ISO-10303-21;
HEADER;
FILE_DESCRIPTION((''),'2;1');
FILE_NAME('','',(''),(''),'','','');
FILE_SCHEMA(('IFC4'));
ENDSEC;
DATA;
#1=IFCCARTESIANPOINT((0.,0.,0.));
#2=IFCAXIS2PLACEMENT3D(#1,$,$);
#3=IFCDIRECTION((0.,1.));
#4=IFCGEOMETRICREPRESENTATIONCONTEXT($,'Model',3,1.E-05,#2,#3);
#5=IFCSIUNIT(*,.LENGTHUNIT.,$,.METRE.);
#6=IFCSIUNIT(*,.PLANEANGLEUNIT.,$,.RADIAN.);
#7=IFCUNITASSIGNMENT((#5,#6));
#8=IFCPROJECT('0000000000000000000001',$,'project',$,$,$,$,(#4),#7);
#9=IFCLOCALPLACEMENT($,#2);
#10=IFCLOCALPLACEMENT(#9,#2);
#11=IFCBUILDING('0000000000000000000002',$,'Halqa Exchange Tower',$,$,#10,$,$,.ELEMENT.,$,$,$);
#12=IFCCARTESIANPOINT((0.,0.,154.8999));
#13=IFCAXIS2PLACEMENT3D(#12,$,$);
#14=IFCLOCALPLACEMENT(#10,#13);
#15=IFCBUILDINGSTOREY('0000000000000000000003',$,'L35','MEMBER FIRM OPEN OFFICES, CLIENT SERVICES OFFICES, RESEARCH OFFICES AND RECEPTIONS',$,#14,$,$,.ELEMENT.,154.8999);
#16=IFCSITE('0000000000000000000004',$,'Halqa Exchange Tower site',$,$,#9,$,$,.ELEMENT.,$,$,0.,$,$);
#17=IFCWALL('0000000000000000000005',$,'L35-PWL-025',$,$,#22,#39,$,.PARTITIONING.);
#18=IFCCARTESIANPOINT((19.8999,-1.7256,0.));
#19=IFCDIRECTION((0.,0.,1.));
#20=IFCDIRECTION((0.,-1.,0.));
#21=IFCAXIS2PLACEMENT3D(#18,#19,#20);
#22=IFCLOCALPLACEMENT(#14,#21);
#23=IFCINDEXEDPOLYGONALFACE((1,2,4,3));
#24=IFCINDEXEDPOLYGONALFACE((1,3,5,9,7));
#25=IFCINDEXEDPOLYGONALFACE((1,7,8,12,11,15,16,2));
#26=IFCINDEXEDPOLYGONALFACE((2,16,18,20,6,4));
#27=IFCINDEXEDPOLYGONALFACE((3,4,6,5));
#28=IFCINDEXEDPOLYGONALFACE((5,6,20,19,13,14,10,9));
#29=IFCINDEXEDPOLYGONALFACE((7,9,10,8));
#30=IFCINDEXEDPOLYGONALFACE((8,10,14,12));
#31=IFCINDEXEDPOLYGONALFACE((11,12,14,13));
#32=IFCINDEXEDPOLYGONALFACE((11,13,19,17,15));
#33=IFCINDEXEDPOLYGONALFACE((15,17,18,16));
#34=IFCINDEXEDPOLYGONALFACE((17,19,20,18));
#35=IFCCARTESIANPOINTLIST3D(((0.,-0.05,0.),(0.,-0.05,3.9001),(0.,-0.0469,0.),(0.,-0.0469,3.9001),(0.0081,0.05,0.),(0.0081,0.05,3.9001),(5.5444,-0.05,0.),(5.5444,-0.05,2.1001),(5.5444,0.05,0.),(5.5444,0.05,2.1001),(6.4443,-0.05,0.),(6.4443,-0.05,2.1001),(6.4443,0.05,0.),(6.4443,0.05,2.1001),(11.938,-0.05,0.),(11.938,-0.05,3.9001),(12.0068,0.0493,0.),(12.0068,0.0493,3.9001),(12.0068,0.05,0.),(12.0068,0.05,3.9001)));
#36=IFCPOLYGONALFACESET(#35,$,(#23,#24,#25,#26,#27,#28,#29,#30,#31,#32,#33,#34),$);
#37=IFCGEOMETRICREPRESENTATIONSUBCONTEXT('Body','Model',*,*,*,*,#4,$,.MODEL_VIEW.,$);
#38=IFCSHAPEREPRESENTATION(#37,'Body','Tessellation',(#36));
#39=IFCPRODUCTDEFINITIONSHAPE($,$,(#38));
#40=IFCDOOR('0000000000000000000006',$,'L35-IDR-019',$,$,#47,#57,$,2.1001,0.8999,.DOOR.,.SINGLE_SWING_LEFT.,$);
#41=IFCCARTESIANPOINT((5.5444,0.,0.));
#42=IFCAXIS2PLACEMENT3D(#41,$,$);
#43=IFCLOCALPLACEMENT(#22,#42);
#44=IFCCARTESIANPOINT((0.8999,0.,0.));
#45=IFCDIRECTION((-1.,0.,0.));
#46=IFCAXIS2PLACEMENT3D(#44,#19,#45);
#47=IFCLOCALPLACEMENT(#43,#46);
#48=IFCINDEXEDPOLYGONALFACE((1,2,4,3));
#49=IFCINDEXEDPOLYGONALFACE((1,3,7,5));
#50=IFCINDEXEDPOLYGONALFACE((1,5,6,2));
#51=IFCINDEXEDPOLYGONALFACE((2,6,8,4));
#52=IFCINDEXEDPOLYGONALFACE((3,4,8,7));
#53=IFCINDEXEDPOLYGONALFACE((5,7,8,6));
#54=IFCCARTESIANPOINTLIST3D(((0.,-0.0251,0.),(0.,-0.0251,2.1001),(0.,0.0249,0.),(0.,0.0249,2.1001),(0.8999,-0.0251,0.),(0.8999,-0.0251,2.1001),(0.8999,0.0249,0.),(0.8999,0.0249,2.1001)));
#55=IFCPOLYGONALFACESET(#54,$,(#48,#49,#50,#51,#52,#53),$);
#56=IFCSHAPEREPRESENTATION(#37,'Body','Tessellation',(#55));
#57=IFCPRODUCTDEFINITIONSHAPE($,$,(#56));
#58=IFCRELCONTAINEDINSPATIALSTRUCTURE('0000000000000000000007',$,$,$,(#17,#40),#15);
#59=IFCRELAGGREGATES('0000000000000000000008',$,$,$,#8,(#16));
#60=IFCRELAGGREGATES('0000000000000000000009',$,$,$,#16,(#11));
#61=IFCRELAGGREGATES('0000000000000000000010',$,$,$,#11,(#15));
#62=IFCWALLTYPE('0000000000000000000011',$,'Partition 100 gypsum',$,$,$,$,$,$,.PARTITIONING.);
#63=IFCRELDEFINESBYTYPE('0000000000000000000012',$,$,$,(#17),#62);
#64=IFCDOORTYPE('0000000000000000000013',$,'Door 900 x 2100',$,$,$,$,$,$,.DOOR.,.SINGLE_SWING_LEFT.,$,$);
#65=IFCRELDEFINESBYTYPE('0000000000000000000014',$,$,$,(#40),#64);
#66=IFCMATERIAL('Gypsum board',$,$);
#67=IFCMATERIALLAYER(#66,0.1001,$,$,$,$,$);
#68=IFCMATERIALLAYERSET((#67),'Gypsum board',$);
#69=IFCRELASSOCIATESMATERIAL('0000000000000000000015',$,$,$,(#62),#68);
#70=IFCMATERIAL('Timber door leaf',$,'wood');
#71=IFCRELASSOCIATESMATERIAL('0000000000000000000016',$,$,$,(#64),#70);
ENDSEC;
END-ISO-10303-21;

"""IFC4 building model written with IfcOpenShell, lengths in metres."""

from ifc_helpers import new_model, si_unit, direction, frame, frame_2d, origin, place, context, subcontext, project, spatial, polyline, rectangle, outline, extrude, material, layer, layer_set, type_object, element, fill, save


model = new_model("IFC4")

# Units and contexts
model_context = context("Model", 3, precision=1e-05, world=origin(), true_north=direction((0.0, 1.0)))
body_context = subcontext(model_context, "Body", "Model", "MODEL_VIEW")
ifc_project = project(units=[si_unit("LENGTHUNIT", "METRE"), si_unit("PLANEANGLEUNIT", "RADIAN")], contexts=[model_context])

# Site, building, storey
site_placement = place(None, origin())
site = spatial("IfcSite", under=ifc_project, at=site_placement, Name="Halqa Exchange Tower site", CompositionType="ELEMENT", RefElevation=0.0)
building_placement = place(site_placement, origin())
building = spatial("IfcBuilding", under=site, at=building_placement, Name="Halqa Exchange Tower", CompositionType="ELEMENT")
storey_placement = place(building_placement, frame((0.0, 0.0, 154.8999)))
storey = spatial("IfcBuildingStorey", under=building, at=storey_placement, Name="L35", Description="MEMBER FIRM OPEN OFFICES, CLIENT SERVICES OFFICES, RESEARCH OFFICES AND RECEPTIONS", CompositionType="ELEMENT", Elevation=154.8999)

# Wall, opening, door
ifc_material_1 = material(Name="Gypsum board")
ifc_layer_1 = layer(ifc_material_1, 0.1001)
ifc_layer_set_1 = layer_set([ifc_layer_1], Name="Gypsum board")
wall_type_1 = type_object("IfcWallType", Name="Partition 100 gypsum", PredefinedType="PARTITIONING", material=ifc_layer_set_1)
wall_1_placement = place(storey_placement, frame((19.8999, -1.7256, 0.0), z_axis=(0.0, 0.0, 1.0), x_axis=(0.0, -1.0, 0.0)))
wall_1 = element("IfcWall", 1, at=wall_1_placement, inside=storey, type_object=wall_type_1, Name="L35-PWL-025", PredefinedType="PARTITIONING", context=body_context, shape_type="SweptSolid", body=[
    extrude(outline(polyline([(0.0, -0.05), (1.9897, -0.05), (3.9792, -0.05), (5.969, -0.05), (7.9587, -0.05), (9.9485, -0.05), (11.938, -0.05), (12.0068, 0.0493), (12.0068, 0.05), (10.0071, 0.05), (8.0073, 0.05), (6.0073, 0.05), (4.0076, 0.05), (2.0078, 0.05), (0.0081, 0.05), (0.0, -0.0469), (0.0, -0.05)])), origin(), (0.0, 0.0, 1.0), 3.9001),
])
opening_1_placement = place(wall_1_placement, frame((5.5444, 0.0, 0.0)))
opening_1 = element("IfcOpeningElement", 2, at=opening_1_placement, cuts=wall_1, PredefinedType="OPENING", context=body_context, shape_type="SweptSolid", body=[
    extrude(rectangle(XDim=0.8999, YDim=2.1001, at=frame_2d((0.45, 1.05))), frame((0.0, 0.062, 0.0), z_axis=(0.0, -1.0, 0.0), x_axis=(1.0, 0.0, 0.0)), (0.0, 0.0, 1.0), 0.124),
])
ifc_material_2 = material(Name="Timber door leaf", Category="wood")
door_type_1 = type_object("IfcDoorType", Name="Door 900 x 2100", OperationType="SINGLE_SWING_LEFT", PredefinedType="DOOR", material=ifc_material_2)
door_1_placement = place(opening_1_placement, frame((0.8999, 0.0, 0.0), z_axis=(0.0, 0.0, 1.0), x_axis=(-1.0, 0.0, 0.0)))
door_1 = element("IfcDoor", 3, at=door_1_placement, inside=storey, type_object=door_type_1, Name="L35-IDR-019", OperationType="SINGLE_SWING_LEFT", OverallHeight=2.1001, OverallWidth=0.8999, PredefinedType="DOOR", context=body_context, shape_type="SweptSolid", body=[
    extrude(rectangle(XDim=0.8999, YDim=2.1001, at=frame_2d((0.45, 1.05))), frame((0.0, 0.0249, 0.0), z_axis=(0.0, -1.0, 0.0), x_axis=(1.0, 0.0, 0.0)), (0.0, 0.0, 1.0), 0.05),
])
fill(opening_1, door_1)

save(model, "model.ifc")
